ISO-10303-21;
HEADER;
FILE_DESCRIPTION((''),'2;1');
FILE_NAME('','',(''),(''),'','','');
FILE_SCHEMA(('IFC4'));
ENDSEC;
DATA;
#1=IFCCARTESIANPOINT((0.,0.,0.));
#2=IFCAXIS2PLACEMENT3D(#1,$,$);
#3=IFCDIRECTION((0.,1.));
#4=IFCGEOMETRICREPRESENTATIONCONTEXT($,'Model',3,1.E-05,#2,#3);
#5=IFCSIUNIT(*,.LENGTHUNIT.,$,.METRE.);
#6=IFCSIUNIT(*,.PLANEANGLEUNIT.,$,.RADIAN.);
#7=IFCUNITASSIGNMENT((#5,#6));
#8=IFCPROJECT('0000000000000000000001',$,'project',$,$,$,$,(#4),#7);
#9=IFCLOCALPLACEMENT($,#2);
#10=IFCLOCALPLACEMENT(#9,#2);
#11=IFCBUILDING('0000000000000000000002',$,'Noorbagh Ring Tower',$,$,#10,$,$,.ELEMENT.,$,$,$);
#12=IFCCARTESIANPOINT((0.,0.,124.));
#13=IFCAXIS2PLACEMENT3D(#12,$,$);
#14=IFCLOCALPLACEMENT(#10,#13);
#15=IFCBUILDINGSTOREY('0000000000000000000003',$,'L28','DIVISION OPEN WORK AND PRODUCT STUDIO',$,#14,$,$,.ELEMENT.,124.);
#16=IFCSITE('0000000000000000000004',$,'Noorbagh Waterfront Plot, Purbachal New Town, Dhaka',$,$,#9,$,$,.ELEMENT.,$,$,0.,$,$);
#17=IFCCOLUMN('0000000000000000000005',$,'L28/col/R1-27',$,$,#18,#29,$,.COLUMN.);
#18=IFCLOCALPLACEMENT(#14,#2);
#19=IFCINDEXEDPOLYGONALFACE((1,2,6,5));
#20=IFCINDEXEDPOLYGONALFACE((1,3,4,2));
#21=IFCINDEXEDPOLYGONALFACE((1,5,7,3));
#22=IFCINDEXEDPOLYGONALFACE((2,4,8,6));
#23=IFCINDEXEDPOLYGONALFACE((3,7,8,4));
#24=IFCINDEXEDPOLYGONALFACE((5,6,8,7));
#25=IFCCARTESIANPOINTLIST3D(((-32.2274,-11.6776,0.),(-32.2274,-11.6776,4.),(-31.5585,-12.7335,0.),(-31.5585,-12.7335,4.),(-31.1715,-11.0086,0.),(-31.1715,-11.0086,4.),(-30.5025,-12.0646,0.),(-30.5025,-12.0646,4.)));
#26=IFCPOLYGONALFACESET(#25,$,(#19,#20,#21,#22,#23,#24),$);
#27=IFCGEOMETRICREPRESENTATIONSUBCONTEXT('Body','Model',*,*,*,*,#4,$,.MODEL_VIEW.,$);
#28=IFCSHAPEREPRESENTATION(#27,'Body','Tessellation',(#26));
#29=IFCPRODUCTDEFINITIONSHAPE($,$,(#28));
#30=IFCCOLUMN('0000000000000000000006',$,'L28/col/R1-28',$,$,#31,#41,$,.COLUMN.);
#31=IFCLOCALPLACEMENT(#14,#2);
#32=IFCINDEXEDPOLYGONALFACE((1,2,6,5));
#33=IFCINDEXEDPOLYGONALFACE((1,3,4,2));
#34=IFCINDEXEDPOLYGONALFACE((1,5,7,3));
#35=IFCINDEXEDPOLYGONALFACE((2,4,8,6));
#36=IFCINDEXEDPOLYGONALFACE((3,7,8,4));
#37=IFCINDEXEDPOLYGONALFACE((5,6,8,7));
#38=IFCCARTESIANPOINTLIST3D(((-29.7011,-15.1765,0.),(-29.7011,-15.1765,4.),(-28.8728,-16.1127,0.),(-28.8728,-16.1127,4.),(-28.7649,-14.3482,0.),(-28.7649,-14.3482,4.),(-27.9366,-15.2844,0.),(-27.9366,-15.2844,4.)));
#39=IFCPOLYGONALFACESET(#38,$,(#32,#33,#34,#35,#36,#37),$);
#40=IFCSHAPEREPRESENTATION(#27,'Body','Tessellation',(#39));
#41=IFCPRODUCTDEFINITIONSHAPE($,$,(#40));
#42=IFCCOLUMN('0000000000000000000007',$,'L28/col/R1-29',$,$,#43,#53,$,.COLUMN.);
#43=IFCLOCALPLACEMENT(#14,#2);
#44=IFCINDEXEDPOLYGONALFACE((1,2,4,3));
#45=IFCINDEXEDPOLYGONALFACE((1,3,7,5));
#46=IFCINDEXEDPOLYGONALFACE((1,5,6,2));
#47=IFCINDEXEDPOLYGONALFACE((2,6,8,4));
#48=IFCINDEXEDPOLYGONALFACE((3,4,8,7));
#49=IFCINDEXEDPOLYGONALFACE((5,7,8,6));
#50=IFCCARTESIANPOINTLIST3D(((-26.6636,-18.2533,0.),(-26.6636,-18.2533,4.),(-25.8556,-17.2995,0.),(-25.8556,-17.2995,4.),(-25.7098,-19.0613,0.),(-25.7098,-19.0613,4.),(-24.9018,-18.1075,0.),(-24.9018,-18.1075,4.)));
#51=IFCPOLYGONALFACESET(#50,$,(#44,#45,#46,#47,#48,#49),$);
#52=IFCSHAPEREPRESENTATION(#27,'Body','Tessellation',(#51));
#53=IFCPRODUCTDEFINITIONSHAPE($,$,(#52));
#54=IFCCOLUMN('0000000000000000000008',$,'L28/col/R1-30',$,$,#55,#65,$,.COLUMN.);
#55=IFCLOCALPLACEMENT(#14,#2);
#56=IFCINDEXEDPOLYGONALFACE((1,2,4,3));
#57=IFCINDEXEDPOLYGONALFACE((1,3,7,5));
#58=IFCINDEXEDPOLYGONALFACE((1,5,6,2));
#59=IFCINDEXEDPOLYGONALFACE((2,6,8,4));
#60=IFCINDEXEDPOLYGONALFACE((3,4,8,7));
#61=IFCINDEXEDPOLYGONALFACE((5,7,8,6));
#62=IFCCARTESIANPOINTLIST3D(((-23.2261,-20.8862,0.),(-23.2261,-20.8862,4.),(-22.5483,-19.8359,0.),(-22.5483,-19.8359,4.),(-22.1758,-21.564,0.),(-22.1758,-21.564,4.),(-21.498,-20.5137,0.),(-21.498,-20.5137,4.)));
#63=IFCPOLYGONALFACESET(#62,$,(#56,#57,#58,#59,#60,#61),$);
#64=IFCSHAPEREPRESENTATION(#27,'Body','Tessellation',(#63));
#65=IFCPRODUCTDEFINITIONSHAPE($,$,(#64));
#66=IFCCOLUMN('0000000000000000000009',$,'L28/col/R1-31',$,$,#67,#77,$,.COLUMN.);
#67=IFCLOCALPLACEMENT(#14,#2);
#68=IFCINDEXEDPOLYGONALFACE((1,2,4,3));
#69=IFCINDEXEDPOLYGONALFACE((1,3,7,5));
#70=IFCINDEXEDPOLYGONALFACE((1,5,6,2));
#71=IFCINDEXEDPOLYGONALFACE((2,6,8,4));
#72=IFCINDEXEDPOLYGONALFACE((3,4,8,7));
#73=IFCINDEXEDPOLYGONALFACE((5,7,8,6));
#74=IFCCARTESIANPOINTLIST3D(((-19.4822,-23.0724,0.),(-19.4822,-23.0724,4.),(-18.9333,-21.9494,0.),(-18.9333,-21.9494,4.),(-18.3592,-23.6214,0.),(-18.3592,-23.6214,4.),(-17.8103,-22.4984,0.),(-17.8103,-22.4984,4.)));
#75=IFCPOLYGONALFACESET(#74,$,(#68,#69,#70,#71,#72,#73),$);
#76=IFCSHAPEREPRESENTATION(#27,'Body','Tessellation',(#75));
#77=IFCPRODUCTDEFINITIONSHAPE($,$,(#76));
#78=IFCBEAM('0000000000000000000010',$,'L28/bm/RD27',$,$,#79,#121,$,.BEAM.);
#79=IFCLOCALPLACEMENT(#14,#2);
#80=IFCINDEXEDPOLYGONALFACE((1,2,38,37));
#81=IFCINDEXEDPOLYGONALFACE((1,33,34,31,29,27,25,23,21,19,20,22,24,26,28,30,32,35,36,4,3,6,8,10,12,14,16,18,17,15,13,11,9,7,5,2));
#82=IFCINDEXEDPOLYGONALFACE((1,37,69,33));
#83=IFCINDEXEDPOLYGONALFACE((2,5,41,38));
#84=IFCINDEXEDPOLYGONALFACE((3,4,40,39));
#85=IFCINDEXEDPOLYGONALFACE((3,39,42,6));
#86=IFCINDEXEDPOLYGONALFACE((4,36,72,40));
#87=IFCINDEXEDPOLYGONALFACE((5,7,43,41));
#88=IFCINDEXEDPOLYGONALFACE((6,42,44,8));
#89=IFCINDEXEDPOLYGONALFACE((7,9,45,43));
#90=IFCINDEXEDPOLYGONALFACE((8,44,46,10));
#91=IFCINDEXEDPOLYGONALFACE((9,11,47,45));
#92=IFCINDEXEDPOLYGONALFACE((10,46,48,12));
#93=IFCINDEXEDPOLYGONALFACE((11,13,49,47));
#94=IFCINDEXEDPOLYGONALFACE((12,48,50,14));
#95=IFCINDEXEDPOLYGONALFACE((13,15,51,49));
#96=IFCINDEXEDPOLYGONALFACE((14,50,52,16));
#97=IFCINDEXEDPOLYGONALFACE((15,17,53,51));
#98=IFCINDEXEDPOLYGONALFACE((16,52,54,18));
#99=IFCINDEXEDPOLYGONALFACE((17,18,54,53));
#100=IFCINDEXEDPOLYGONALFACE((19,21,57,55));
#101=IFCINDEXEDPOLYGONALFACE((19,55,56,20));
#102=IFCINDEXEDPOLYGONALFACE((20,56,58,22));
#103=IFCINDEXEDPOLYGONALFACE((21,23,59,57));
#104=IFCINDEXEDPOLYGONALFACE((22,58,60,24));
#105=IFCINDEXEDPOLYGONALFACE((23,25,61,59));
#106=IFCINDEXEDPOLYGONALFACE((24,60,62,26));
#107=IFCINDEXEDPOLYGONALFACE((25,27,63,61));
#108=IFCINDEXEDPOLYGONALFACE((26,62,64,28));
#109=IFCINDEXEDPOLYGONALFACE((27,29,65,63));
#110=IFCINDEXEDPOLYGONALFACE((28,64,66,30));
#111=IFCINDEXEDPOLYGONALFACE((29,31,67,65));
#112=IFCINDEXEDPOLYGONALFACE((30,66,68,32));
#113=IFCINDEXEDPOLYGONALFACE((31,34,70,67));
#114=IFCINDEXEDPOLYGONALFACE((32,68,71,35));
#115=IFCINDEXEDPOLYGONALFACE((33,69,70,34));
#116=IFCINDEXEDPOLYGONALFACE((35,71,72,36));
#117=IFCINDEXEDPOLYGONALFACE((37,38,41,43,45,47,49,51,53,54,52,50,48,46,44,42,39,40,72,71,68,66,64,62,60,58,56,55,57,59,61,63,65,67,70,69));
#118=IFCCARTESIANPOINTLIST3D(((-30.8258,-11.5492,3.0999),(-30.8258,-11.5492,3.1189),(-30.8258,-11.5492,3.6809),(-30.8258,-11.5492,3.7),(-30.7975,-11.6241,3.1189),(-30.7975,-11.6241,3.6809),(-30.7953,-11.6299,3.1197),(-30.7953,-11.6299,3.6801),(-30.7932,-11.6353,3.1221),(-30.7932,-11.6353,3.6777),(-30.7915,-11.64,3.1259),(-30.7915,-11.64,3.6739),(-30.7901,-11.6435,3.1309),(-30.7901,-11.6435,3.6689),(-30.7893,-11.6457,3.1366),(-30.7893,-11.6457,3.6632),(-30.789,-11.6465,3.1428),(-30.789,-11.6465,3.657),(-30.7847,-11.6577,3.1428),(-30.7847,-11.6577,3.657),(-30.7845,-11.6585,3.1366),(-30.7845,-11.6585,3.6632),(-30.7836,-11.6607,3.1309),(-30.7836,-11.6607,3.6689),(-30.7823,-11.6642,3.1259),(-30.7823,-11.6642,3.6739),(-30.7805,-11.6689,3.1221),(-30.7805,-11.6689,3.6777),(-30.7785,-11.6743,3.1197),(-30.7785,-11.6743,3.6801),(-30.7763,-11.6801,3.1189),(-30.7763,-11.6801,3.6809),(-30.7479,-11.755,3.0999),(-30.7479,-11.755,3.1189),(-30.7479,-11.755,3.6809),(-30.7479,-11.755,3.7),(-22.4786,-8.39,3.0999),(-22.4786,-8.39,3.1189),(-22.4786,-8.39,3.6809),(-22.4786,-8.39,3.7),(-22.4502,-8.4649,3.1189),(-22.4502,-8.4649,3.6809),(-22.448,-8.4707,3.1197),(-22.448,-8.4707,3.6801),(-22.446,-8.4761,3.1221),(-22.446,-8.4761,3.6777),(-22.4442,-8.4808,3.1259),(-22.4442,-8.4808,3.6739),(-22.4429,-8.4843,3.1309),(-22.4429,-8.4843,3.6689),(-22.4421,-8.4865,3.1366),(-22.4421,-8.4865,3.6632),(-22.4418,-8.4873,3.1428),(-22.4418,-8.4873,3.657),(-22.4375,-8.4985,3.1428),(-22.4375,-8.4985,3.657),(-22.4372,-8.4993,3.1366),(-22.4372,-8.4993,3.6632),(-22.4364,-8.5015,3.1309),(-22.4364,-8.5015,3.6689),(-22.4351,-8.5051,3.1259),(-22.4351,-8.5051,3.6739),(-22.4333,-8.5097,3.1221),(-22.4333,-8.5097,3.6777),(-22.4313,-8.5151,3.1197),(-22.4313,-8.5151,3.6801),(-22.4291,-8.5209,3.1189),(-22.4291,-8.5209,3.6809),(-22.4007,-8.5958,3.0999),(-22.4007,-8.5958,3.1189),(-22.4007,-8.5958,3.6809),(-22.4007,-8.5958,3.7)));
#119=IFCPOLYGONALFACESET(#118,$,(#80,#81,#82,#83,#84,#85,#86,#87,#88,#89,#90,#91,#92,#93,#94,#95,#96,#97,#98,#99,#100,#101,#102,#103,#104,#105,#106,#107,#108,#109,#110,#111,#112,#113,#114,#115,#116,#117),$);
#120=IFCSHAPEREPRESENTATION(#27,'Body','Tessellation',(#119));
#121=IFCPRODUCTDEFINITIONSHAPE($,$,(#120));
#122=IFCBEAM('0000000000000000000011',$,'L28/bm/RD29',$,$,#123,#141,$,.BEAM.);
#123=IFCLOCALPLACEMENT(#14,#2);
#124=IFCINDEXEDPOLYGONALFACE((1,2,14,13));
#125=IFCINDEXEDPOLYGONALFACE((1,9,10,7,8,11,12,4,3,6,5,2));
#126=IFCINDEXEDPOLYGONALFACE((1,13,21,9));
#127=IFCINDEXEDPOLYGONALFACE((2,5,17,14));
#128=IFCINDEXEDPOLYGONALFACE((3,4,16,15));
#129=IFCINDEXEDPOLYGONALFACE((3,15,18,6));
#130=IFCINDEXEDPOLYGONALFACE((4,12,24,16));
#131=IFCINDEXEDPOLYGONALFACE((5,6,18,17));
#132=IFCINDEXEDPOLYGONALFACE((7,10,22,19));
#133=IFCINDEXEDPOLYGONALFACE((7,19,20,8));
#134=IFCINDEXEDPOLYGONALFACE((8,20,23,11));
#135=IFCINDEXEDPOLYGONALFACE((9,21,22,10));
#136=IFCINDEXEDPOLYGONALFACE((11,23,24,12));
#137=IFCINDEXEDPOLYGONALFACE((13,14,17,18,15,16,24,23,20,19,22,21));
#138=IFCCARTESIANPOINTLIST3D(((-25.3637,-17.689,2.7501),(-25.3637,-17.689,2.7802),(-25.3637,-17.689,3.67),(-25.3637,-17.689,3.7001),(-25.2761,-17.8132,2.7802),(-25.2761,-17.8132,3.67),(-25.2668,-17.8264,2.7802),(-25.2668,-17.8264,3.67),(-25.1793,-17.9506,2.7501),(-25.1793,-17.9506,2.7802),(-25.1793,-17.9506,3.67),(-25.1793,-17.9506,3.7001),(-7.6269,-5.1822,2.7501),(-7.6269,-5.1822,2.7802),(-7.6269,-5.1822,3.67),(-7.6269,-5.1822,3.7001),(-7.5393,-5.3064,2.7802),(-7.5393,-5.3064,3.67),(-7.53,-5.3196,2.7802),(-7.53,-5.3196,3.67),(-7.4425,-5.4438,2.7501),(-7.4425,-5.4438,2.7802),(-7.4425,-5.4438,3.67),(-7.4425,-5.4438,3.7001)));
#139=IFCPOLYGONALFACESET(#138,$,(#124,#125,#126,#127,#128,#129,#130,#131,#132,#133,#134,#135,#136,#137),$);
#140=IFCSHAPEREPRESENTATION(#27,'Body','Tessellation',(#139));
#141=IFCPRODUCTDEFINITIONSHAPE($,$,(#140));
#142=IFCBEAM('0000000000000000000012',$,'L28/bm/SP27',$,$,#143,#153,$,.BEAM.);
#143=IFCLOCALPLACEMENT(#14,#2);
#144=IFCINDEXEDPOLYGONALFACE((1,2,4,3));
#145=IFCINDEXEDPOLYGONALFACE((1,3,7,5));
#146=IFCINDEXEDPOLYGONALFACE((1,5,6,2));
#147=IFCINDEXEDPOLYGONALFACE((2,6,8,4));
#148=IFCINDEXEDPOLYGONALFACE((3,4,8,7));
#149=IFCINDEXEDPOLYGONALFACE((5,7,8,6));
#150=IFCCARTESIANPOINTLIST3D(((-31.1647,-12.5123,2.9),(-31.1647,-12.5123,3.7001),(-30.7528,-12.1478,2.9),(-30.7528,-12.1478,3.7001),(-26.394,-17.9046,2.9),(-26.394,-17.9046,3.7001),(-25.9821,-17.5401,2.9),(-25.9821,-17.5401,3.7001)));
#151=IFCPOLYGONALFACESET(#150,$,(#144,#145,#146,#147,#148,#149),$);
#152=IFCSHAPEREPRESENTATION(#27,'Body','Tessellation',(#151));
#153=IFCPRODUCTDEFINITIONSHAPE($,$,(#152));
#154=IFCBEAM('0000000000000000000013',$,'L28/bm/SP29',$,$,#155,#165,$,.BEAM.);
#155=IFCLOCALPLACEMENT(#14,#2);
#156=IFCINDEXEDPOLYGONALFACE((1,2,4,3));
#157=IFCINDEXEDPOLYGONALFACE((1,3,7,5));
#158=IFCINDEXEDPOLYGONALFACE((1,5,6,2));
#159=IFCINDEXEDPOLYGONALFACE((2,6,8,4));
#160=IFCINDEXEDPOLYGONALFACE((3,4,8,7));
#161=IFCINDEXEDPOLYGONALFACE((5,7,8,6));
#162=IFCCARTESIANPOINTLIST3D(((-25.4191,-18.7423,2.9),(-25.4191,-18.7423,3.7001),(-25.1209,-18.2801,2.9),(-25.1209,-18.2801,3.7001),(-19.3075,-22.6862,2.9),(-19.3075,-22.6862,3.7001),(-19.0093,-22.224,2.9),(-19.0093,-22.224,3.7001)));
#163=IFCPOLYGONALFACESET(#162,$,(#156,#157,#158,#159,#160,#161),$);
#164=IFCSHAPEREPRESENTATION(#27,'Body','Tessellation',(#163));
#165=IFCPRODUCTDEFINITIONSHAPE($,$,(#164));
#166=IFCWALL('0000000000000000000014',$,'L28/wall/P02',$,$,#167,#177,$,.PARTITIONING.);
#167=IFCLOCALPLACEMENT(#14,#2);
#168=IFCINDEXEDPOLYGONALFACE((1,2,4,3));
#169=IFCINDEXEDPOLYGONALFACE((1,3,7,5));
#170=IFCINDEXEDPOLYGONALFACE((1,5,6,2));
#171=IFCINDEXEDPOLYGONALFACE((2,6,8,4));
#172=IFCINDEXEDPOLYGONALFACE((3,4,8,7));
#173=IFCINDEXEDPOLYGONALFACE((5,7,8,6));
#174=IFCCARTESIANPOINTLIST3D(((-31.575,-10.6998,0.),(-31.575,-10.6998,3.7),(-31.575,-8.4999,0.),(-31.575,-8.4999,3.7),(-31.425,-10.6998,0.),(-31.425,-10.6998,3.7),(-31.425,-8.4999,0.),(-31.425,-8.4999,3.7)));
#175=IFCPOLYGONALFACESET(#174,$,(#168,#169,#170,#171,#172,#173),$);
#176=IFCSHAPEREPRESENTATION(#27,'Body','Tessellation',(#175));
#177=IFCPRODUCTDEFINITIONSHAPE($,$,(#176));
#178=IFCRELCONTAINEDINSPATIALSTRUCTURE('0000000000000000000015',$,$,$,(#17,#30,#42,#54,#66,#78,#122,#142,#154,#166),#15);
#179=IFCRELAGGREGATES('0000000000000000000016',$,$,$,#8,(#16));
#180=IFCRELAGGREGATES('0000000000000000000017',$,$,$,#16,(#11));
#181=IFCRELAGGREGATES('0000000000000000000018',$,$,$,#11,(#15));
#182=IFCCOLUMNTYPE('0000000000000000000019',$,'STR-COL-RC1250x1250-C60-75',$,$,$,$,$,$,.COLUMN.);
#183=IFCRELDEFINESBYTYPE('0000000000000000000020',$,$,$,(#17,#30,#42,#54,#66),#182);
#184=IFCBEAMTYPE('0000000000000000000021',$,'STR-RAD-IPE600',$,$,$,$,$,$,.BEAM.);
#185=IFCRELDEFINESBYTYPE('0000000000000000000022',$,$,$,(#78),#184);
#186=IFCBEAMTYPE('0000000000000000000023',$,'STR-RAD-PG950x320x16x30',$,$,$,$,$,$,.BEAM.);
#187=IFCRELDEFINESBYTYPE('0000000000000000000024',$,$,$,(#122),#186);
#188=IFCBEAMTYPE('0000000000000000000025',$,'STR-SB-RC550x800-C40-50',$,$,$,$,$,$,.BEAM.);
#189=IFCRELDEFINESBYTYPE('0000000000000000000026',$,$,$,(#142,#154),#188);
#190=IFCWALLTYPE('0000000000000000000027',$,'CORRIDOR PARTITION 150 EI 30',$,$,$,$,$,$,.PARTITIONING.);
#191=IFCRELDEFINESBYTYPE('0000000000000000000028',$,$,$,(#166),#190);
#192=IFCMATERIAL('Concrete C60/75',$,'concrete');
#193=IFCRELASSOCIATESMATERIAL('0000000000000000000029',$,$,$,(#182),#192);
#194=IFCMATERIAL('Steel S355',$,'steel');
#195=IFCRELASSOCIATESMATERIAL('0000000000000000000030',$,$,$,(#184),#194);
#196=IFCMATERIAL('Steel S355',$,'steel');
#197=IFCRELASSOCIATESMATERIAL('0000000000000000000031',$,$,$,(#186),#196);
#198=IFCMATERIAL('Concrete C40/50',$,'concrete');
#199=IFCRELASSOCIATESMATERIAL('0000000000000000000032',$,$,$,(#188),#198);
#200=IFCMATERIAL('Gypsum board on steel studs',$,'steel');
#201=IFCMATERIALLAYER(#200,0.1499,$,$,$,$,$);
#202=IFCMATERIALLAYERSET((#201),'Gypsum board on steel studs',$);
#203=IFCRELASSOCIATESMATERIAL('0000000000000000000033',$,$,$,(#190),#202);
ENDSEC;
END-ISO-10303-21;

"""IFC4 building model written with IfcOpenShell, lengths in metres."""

from ifc_helpers import new_model, si_unit, direction, frame, frame_2d, origin, origin_2d, place, context, subcontext, project, spatial, rectangle, i_section, extrude, material, layer, layer_set, material_profile, profile_set, type_object, element, save


model = new_model("IFC4")

# Units and contexts
model_context = context("Model", 3, precision=1e-05, world=origin(), true_north=direction((0.0, 1.0)))
body_context = subcontext(model_context, "Body", "Model", "MODEL_VIEW")
ifc_project = project(units=[si_unit("LENGTHUNIT", "METRE"), si_unit("PLANEANGLEUNIT", "RADIAN")], contexts=[model_context])

# Site, building, storey
site_placement = place(None, origin())
site = spatial("IfcSite", under=ifc_project, at=site_placement, Name="Noorbagh Waterfront Plot, Purbachal New Town, Dhaka", CompositionType="ELEMENT", RefElevation=0.0)
building_placement = place(site_placement, origin())
building = spatial("IfcBuilding", under=site, at=building_placement, Name="Noorbagh Ring Tower", CompositionType="ELEMENT")
storey_placement = place(building_placement, frame((0.0, 0.0, 124.0)))
storey = spatial("IfcBuildingStorey", under=building, at=storey_placement, Name="L28", Description="DIVISION OPEN WORK AND PRODUCT STUDIO", CompositionType="ELEMENT", Elevation=124.0)

# Columns
ifc_material_1 = material(Name="Concrete C60/75", Category="concrete")
ifc_material_profile_1 = material_profile(ifc_material_1, rectangle(XDim=1.25, YDim=1.25, at=origin_2d()), Name="RC1250x1250")
ifc_profile_set_1 = profile_set([ifc_material_profile_1], Name="Concrete C60/75")
column_type = type_object("IfcColumnType", Name="STR-COL-RC1250x1250-C60-75", PredefinedType="COLUMN", material=ifc_profile_set_1)
for number, where, z_axis, x_axis, name in (
    (1, (-31.365, -11.8711, 0.0), (0.0, 0.0, 1.0), (0.53519, -0.844731, 0.0), "L28/col/R1-27"),
    (2, (-28.8188, -15.2305, 0.0), (0.0, 0.0, 1.0), (0.662636, -0.748942, 0.0), "L28/col/R1-28"),
    (3, (-25.7827, -18.1804, 0.0), (0.0, 0.0, 1.0), (0.763035, -0.646357, 0.0), "L28/col/R1-29"),
    (4, (-22.3621, -20.7, 0.0), (0.0, 0.0, 1.0), (0.840248, -0.542203, 0.0), "L28/col/R1-30"),
    (5, (-18.6462, -22.7854, 0.0), (0.0, 0.0, 1.0), (0.898399, -0.43918, 0.0), "L28/col/R1-31"),
):
    element("IfcColumn", number, at=place(storey_placement, frame(where, z_axis=z_axis, x_axis=x_axis)), inside=storey, type_object=column_type, Name=name, PredefinedType="COLUMN", context=body_context, shape_type="SweptSolid", body=[
        extrude(rectangle(XDim=1.25, YDim=1.25, at=origin_2d()), origin(), (0.0, 0.0, 1.0), 4.0),
    ])

# Beams
ifc_material_2 = material(Name="Steel S355", Category="steel")
ifc_material_profile_2 = material_profile(ifc_material_2, i_section(OverallWidth=0.22, OverallDepth=0.6001, WebThickness=0.012, FlangeThickness=0.019, FilletRadius=0.0239, at=origin_2d()), Name="IPE600")
ifc_profile_set_2 = profile_set([ifc_material_profile_2], Name="Steel S355")
beam_type_1 = type_object("IfcBeamType", Name="STR-RAD-IPE600", PredefinedType="BEAM", material=ifc_profile_set_2)
beam_1_placement = place(storey_placement, frame((-30.7869, -11.6521, 3.3999), z_axis=(0.935257, 0.35397, 0.0), x_axis=(-0.35397, 0.935257, 0.0)))
element("IfcBeam", 6, at=beam_1_placement, inside=storey, type_object=beam_type_1, Name="L28/bm/RD27", PredefinedType="BEAM", context=body_context, shape_type="SweptSolid", body=[
    extrude(i_section(OverallWidth=0.22, OverallDepth=0.6001, WebThickness=0.012, FlangeThickness=0.019, FilletRadius=0.0239, at=origin_2d()), origin(), (0.0, 0.0, 1.0), 8.925),
])
ifc_material_3 = material(Name="Steel S355", Category="steel")
ifc_material_profile_3 = material_profile(ifc_material_3, i_section(OverallWidth=0.3201, OverallDepth=0.95, WebThickness=0.0161, FlangeThickness=0.03, at=origin_2d()), Name="PG950x320x16x30")
ifc_profile_set_3 = profile_set([ifc_material_profile_3], Name="Steel S355")
beam_type_2 = type_object("IfcBeamType", Name="STR-RAD-PG950x320x16x30", PredefinedType="BEAM", material=ifc_profile_set_3)
beam_2_placement = place(storey_placement, frame((-25.2715, -17.8198, 3.2251), z_axis=(0.817256, 0.576275, 0.0), x_axis=(-0.576275, 0.817256, 0.0)))
element("IfcBeam", 7, at=beam_2_placement, inside=storey, type_object=beam_type_2, Name="L28/bm/RD29", PredefinedType="BEAM", context=body_context, shape_type="SweptSolid", body=[
    extrude(i_section(OverallWidth=0.3201, OverallDepth=0.95, WebThickness=0.0161, FlangeThickness=0.03, at=origin_2d()), origin(), (0.0, 0.0, 1.0), 21.7029),
])
ifc_material_4 = material(Name="Concrete C40/50", Category="concrete")
ifc_material_profile_4 = material_profile(ifc_material_4, rectangle(XDim=0.55, YDim=0.8, at=origin_2d()), Name="RC550x800")
ifc_profile_set_4 = profile_set([ifc_material_profile_4], Name="Concrete C40/50")
beam_type_3 = type_object("IfcBeamType", Name="STR-SB-RC550x800-C40-50", PredefinedType="BEAM", material=ifc_profile_set_4)
beam_3_placement = place(storey_placement, frame((-30.9587, -12.3301, 3.3), z_axis=(0.662621, -0.748954, 0.0), x_axis=(0.748954, 0.662621, 0.0)))
element("IfcBeam", 8, at=beam_3_placement, inside=storey, type_object=beam_type_3, Name="L28/bm/SP27", PredefinedType="BEAM", context=body_context, shape_type="SweptSolid", body=[
    extrude(rectangle(XDim=0.55, YDim=0.8, at=origin_2d()), origin(), (0.0, 0.0, 1.0), 7.1997),
])
beam_4_placement = place(storey_placement, frame((-25.27, -18.5112, 3.3), z_axis=(0.84024, -0.542214, 0.0), x_axis=(0.542214, 0.84024, 0.0)))
element("IfcBeam", 9, at=beam_4_placement, inside=storey, type_object=beam_type_3, Name="L28/bm/SP29", PredefinedType="BEAM", context=body_context, shape_type="SweptSolid", body=[
    extrude(rectangle(XDim=0.55, YDim=0.8, at=origin_2d()), origin(), (0.0, 0.0, 1.0), 7.2737),
])

# Wall
ifc_material_5 = material(Name="Gypsum board on steel studs", Category="steel")
ifc_layer_1 = layer(ifc_material_5, 0.1499)
ifc_layer_set_1 = layer_set([ifc_layer_1], Name="Gypsum board on steel studs")
wall_type_1 = type_object("IfcWallType", Name="CORRIDOR PARTITION 150 EI 30", PredefinedType="PARTITIONING", material=ifc_layer_set_1)
wall_1_placement = place(storey_placement, frame((-31.5, -10.7, 0.0), z_axis=(0.0, 0.0, 1.0), x_axis=(0.0, 1.0, 0.0)))
element("IfcWall", 10, at=wall_1_placement, inside=storey, type_object=wall_type_1, Name="L28/wall/P02", PredefinedType="PARTITIONING", context=body_context, shape_type="SweptSolid", body=[
    extrude(rectangle(XDim=2.2, YDim=0.1499, at=frame_2d((1.1001, 0.0))), origin(), (0.0, 0.0, 1.0), 3.7),
])

save(model, "model.ifc")
